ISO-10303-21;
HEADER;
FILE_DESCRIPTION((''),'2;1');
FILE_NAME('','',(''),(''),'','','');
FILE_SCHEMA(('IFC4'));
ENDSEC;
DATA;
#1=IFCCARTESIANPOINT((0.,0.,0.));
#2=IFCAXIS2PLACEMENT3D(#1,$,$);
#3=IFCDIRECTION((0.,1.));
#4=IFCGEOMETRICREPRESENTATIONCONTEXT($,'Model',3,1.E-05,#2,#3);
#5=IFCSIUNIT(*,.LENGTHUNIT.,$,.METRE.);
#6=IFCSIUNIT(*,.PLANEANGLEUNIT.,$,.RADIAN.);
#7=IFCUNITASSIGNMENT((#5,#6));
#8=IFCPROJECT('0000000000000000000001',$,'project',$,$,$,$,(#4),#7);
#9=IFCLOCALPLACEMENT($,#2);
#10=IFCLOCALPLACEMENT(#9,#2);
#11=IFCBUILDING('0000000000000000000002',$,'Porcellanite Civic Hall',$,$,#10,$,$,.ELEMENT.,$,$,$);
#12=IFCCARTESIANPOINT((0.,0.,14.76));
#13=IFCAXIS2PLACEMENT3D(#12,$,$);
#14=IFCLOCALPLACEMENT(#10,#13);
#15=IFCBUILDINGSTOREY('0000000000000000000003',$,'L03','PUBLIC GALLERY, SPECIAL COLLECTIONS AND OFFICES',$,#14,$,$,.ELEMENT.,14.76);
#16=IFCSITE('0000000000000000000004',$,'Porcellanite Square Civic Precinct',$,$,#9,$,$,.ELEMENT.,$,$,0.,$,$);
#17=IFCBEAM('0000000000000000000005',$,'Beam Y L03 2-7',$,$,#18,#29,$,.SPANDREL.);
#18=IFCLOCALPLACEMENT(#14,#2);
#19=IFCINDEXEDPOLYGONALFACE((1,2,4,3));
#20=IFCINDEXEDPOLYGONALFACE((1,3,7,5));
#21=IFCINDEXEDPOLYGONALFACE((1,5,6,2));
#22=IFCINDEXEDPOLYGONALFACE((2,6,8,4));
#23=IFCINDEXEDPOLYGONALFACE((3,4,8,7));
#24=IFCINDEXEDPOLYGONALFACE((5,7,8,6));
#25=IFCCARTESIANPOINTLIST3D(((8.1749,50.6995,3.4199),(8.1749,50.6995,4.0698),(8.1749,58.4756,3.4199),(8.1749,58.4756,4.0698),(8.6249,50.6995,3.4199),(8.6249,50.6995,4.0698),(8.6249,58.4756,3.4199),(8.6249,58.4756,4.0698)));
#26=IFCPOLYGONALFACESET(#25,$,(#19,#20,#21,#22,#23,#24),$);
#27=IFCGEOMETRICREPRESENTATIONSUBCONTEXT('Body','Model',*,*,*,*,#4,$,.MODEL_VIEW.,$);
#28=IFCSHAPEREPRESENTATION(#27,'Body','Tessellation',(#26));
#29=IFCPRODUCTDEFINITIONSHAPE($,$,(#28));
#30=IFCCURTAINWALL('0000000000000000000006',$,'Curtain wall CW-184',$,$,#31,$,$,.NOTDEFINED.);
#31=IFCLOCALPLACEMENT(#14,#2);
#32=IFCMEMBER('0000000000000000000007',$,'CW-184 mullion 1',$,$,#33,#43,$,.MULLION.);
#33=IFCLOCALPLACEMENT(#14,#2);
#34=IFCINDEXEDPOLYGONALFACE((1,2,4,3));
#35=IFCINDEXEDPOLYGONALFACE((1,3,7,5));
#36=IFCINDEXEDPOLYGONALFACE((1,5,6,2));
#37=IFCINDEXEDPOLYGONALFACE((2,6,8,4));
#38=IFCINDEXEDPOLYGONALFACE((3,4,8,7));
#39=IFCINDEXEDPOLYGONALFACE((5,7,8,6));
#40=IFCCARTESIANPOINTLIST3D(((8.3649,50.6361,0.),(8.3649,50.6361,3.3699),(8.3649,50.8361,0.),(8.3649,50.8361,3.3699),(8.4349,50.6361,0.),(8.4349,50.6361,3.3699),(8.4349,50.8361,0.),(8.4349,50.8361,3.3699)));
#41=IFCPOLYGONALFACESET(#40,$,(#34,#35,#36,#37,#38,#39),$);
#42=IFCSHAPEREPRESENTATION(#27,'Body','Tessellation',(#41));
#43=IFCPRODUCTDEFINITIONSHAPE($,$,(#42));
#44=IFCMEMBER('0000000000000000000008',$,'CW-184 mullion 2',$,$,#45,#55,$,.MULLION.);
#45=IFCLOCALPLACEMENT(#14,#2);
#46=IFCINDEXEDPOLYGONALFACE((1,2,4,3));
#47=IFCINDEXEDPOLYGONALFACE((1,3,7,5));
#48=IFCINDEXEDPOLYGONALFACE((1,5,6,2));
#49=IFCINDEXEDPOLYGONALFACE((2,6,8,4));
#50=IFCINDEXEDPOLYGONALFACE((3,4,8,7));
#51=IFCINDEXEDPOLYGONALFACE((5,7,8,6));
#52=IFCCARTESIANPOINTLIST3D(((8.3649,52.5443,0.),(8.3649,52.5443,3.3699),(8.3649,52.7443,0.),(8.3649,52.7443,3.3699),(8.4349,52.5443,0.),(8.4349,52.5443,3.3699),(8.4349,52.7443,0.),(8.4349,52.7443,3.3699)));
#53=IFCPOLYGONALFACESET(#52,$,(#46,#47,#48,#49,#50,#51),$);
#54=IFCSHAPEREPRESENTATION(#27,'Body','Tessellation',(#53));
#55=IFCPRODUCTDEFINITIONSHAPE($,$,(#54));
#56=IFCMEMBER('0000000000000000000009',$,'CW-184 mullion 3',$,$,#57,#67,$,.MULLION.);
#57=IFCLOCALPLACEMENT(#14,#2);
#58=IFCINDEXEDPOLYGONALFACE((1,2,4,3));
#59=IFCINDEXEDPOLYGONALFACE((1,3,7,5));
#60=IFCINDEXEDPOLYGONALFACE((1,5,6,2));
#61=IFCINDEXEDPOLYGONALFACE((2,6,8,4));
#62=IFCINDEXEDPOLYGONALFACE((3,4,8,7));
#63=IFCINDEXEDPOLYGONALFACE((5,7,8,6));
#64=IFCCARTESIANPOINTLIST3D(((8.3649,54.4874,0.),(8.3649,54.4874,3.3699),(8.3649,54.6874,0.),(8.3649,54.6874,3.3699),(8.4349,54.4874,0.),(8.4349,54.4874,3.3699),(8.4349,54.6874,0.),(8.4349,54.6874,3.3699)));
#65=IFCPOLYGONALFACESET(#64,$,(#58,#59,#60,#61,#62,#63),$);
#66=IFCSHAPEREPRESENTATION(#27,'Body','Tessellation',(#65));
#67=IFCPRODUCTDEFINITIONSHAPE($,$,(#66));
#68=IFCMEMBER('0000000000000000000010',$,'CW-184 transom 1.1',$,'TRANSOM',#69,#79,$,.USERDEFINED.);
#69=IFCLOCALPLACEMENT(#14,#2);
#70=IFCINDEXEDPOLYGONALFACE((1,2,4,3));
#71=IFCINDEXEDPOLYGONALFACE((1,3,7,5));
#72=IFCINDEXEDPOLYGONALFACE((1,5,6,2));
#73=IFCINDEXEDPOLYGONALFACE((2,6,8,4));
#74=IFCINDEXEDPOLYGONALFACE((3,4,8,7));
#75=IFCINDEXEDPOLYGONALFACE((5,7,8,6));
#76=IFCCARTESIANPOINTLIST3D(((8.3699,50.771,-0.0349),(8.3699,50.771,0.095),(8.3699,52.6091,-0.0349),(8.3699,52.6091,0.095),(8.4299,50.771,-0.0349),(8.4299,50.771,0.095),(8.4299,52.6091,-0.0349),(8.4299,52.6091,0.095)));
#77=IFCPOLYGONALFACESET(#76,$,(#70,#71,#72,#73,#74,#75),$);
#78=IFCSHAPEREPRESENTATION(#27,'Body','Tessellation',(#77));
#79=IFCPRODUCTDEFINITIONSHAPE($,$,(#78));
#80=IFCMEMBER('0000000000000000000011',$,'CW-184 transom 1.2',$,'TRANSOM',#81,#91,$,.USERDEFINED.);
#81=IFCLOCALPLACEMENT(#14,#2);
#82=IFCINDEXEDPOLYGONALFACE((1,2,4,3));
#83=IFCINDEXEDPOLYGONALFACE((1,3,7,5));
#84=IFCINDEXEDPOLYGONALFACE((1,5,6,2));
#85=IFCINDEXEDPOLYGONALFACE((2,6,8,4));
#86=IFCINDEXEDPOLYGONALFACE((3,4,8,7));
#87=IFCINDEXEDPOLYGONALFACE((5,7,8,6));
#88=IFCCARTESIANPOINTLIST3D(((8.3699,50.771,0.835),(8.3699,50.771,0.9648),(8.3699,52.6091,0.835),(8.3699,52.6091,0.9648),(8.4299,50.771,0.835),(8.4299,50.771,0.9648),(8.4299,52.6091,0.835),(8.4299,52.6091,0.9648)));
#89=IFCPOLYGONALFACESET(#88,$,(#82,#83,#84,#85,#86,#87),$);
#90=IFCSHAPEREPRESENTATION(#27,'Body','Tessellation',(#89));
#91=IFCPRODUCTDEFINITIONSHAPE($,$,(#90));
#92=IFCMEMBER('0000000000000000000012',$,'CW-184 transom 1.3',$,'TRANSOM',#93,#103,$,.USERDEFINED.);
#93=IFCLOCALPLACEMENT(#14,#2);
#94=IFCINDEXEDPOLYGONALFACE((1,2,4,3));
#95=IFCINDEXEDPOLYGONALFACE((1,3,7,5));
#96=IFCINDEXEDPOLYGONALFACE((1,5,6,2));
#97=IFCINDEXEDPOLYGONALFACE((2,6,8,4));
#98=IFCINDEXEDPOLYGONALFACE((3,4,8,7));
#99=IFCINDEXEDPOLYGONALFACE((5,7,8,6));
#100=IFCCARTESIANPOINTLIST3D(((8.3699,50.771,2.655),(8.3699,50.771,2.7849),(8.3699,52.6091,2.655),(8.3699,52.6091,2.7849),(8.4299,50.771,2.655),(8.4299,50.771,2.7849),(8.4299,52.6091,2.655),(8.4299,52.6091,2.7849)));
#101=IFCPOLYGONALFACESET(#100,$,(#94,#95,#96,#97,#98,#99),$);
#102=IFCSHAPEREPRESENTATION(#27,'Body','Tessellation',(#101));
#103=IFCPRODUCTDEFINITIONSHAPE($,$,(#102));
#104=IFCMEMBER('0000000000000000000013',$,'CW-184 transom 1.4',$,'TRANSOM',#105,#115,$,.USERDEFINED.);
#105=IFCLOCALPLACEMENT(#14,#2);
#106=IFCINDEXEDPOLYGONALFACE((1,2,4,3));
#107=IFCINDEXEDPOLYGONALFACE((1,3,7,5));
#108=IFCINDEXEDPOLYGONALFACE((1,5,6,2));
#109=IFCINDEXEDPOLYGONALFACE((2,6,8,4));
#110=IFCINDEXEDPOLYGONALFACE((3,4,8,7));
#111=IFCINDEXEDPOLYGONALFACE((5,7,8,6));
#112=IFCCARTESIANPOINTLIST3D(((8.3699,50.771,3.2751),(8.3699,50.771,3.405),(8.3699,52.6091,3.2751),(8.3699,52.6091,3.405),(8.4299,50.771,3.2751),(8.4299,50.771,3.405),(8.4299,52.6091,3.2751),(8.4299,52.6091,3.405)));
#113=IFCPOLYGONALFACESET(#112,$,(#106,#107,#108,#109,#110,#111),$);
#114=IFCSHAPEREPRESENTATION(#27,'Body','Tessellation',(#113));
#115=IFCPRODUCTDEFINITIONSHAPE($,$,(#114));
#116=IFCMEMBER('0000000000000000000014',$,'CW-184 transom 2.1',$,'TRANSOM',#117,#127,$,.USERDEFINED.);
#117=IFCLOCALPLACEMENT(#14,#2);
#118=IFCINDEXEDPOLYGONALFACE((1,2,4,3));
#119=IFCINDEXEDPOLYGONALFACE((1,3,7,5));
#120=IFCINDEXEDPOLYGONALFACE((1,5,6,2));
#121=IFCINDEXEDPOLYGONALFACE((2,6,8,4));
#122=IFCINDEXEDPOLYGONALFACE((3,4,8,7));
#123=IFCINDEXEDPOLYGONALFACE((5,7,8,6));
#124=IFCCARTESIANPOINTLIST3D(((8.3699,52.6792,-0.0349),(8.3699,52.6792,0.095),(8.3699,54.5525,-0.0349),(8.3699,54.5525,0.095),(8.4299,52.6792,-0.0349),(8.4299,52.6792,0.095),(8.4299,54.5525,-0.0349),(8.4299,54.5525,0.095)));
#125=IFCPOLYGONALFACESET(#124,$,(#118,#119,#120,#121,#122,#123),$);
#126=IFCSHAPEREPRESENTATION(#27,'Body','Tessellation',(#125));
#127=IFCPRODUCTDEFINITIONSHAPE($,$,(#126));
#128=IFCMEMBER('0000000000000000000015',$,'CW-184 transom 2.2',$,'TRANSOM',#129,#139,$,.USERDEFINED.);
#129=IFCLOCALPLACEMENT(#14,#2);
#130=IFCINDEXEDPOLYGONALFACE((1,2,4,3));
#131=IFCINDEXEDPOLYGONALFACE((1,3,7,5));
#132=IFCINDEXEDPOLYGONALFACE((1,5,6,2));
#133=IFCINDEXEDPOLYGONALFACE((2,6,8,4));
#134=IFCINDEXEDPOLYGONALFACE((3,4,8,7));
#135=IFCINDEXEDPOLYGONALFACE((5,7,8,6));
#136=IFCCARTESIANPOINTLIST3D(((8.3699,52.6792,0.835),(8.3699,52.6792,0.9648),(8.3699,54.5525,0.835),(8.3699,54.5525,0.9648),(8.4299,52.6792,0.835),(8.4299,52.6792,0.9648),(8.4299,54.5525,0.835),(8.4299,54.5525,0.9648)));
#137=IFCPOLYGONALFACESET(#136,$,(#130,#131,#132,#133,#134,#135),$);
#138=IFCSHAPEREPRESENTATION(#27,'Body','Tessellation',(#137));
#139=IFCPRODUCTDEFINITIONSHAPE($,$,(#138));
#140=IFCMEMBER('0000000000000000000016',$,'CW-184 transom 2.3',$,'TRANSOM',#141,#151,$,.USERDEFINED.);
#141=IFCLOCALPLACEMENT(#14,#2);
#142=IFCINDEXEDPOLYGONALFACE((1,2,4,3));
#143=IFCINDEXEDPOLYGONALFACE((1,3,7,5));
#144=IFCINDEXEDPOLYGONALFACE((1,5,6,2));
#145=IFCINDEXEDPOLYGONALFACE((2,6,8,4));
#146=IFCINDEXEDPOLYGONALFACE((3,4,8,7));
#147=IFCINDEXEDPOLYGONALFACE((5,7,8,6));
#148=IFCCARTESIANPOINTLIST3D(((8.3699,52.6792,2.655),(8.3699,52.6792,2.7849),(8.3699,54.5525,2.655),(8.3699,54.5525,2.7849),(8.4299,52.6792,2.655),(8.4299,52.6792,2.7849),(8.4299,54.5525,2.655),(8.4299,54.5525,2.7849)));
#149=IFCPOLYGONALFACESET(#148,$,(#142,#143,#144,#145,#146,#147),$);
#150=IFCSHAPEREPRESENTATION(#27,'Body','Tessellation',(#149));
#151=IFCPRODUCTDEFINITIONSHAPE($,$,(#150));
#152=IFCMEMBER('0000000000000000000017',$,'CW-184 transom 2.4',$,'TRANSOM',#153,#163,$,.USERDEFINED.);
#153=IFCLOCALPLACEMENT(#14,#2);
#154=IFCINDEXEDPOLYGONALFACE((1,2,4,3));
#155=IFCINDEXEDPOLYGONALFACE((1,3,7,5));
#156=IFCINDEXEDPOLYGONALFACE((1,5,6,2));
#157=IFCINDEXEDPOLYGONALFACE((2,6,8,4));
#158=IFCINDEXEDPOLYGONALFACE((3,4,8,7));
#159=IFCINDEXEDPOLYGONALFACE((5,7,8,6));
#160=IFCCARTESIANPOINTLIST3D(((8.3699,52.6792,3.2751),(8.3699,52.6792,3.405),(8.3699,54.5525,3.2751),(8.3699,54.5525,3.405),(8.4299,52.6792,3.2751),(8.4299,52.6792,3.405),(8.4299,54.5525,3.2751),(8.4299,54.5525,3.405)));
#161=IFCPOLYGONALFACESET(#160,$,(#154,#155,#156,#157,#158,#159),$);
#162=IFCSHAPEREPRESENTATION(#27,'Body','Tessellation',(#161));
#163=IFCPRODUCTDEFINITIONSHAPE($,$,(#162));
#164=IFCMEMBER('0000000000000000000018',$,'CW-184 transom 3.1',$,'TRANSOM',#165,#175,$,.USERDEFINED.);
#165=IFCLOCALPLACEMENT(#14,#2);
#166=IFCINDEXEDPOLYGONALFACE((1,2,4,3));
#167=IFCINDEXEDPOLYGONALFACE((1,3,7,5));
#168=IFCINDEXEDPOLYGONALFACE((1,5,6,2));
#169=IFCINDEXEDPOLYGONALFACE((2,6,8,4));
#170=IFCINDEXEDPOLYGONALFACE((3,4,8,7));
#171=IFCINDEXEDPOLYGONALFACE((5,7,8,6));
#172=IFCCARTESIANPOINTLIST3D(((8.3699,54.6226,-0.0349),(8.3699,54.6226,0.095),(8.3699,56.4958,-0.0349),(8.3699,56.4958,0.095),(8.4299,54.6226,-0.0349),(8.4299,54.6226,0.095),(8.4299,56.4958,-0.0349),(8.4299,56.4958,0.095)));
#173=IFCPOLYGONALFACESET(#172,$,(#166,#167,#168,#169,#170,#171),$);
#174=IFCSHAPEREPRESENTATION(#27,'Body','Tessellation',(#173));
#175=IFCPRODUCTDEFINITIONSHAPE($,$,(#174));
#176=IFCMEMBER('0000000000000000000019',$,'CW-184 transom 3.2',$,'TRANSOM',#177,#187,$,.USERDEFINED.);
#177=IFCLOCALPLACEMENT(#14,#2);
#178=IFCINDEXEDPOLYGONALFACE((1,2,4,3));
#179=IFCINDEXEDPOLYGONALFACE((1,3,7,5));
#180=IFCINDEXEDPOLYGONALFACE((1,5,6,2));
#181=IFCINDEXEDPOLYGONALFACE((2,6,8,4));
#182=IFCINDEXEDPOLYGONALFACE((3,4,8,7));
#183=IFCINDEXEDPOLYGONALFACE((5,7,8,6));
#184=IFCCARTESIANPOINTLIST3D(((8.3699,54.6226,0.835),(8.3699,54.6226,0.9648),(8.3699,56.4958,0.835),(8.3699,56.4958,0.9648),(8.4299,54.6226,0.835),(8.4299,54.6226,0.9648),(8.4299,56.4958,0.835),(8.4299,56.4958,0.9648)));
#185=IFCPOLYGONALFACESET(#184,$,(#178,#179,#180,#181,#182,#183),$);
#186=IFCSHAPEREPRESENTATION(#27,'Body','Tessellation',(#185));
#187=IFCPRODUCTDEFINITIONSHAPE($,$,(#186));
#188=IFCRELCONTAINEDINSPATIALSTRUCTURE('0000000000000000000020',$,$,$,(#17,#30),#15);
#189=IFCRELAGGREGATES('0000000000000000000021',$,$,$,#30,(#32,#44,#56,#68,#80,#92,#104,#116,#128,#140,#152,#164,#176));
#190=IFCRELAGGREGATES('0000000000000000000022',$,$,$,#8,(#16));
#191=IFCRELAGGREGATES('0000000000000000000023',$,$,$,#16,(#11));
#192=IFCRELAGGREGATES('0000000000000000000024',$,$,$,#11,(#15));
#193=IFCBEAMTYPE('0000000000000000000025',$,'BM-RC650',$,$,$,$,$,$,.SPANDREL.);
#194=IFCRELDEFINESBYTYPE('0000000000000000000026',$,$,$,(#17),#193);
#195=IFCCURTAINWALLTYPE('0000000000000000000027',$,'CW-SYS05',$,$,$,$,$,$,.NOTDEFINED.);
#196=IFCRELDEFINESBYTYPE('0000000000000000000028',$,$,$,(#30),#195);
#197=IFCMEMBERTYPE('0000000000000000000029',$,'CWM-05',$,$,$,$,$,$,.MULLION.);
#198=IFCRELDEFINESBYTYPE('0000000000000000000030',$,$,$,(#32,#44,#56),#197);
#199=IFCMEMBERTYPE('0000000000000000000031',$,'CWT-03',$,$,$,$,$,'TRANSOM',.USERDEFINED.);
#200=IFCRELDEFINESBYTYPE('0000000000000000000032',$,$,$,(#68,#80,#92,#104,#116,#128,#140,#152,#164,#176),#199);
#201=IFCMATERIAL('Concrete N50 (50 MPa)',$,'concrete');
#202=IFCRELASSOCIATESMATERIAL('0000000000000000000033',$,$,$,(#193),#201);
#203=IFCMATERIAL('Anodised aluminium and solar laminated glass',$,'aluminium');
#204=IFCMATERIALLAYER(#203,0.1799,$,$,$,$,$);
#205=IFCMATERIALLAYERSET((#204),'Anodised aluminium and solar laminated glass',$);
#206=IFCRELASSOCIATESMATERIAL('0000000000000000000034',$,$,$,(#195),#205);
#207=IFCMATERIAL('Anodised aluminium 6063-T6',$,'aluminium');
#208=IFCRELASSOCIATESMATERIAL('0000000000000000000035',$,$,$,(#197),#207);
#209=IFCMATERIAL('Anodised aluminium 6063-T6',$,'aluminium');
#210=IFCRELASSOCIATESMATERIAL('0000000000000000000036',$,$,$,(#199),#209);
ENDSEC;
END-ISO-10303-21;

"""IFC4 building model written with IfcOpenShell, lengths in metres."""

from ifc_helpers import new_model, si_unit, direction, frame, origin, origin_2d, place, context, subcontext, project, spatial, rectangle, extrude, material, layer, layer_set, material_profile, profile_set, type_object, element, aggregate, save


model = new_model("IFC4")

# Units and contexts
model_context = context("Model", 3, precision=1e-05, world=origin(), true_north=direction((0.0, 1.0)))
body_context = subcontext(model_context, "Body", "Model", "MODEL_VIEW")
ifc_project = project(units=[si_unit("LENGTHUNIT", "METRE"), si_unit("PLANEANGLEUNIT", "RADIAN")], contexts=[model_context])

# Site, building, storey
site_placement = place(None, origin())
site = spatial("IfcSite", under=ifc_project, at=site_placement, Name="Porcellanite Square Civic Precinct", CompositionType="ELEMENT", RefElevation=0.0)
building_placement = place(site_placement, origin())
building = spatial("IfcBuilding", under=site, at=building_placement, Name="Porcellanite Civic Hall", CompositionType="ELEMENT")
storey_placement = place(building_placement, frame((0.0, 0.0, 14.76)))
storey = spatial("IfcBuildingStorey", under=building, at=storey_placement, Name="L03", Description="PUBLIC GALLERY, SPECIAL COLLECTIONS AND OFFICES", CompositionType="ELEMENT", Elevation=14.76)

# Beam
ifc_material_1 = material(Name="Concrete N50 (50 MPa)", Category="concrete")
ifc_material_profile_1 = material_profile(ifc_material_1, rectangle(XDim=0.45, YDim=0.6499, at=origin_2d()), Name="RC-450x650")
ifc_profile_set_1 = profile_set([ifc_material_profile_1], Name="Concrete N50 (50 MPa)")
beam_type = type_object("IfcBeamType", Name="BM-RC650", PredefinedType="SPANDREL", material=ifc_profile_set_1)
beam_placement = place(storey_placement, frame((8.3999, 50.6995, 3.7449), z_axis=(0.0, 1.0, 0.0), x_axis=(-1.0, 0.0, 0.0)))
element("IfcBeam", 1, at=beam_placement, inside=storey, type_object=beam_type, Name="Beam Y L03 2-7", PredefinedType="SPANDREL", context=body_context, shape_type="SweptSolid", body=[
    extrude(rectangle(XDim=0.45, YDim=0.6499, at=origin_2d()), origin(), (0.0, 0.0, 1.0), 7.7761),
])

# Curtain wall, members
ifc_material_2 = material(Name="Anodised aluminium and solar laminated glass", Category="aluminium")
ifc_layer_1 = layer(ifc_material_2, 0.1799)
ifc_layer_set_1 = layer_set([ifc_layer_1], Name="Anodised aluminium and solar laminated glass")
curtain_wall_type = type_object("IfcCurtainWallType", Name="CW-SYS05", PredefinedType="NOTDEFINED", material=ifc_layer_set_1)
curtain_wall_placement = place(storey_placement, origin())
curtain_wall = element("IfcCurtainWall", 2, at=curtain_wall_placement, inside=storey, type_object=curtain_wall_type, Name="Curtain wall CW-184", PredefinedType="NOTDEFINED")
ifc_material_3 = material(Name="Anodised aluminium 6063-T6", Category="aluminium")
ifc_material_profile_2 = material_profile(ifc_material_3, rectangle(XDim=0.0701, YDim=0.2, at=origin_2d()), Name="AL-70x200")
ifc_profile_set_2 = profile_set([ifc_material_profile_2], Name="Anodised aluminium 6063-T6")
member_type_1 = type_object("IfcMemberType", Name="CWM-05", PredefinedType="MULLION", material=ifc_profile_set_2)
member_1_placement = place(storey_placement, frame((8.3999, 50.7361, 0.0), z_axis=(0.0, 0.0, 1.0), x_axis=(-1.0, 0.0, 0.0)))
member_1 = element("IfcMember", 3, at=member_1_placement, type_object=member_type_1, Name="CW-184 mullion 1", PredefinedType="MULLION", context=body_context, shape_type="SweptSolid", body=[
    extrude(rectangle(XDim=0.0701, YDim=0.2, at=origin_2d()), origin(), (0.0, 0.0, 1.0), 3.3699),
])
member_2_placement = place(storey_placement, frame((8.3999, 52.6443, 0.0), z_axis=(0.0, 0.0, 1.0), x_axis=(-1.0, 0.0, 0.0)))
member_2 = element("IfcMember", 4, at=member_2_placement, type_object=member_type_1, Name="CW-184 mullion 2", PredefinedType="MULLION", context=body_context, shape_type="SweptSolid", body=[
    extrude(rectangle(XDim=0.0701, YDim=0.2, at=origin_2d()), origin(), (0.0, 0.0, 1.0), 3.3699),
])
member_3_placement = place(storey_placement, frame((8.3999, 54.5874, 0.0), z_axis=(0.0, 0.0, 1.0), x_axis=(-1.0, 0.0, 0.0)))
member_3 = element("IfcMember", 5, at=member_3_placement, type_object=member_type_1, Name="CW-184 mullion 3", PredefinedType="MULLION", context=body_context, shape_type="SweptSolid", body=[
    extrude(rectangle(XDim=0.0701, YDim=0.2, at=origin_2d()), origin(), (0.0, 0.0, 1.0), 3.3699),
])
ifc_material_4 = material(Name="Anodised aluminium 6063-T6", Category="aluminium")
ifc_material_profile_3 = material_profile(ifc_material_4, rectangle(XDim=0.0601, YDim=0.1299, at=origin_2d()), Name="AL-60x130")
ifc_profile_set_3 = profile_set([ifc_material_profile_3], Name="Anodised aluminium 6063-T6")
member_type_2 = type_object("IfcMemberType", Name="CWT-03", ElementType="TRANSOM", PredefinedType="USERDEFINED", material=ifc_profile_set_3)
member_4_placement = place(storey_placement, frame((8.3999, 50.771, 0.03), z_axis=(0.0, 1.0, 0.0), x_axis=(-1.0, 0.0, 0.0)))
member_4 = element("IfcMember", 6, at=member_4_placement, type_object=member_type_2, Name="CW-184 transom 1.1", ObjectType="TRANSOM", PredefinedType="USERDEFINED", context=body_context, shape_type="SweptSolid", body=[
    extrude(rectangle(XDim=0.0601, YDim=0.1299, at=origin_2d()), origin(), (0.0, 0.0, 1.0), 1.8381),
])
member_5_placement = place(storey_placement, frame((8.3999, 50.771, 0.8999), z_axis=(0.0, 1.0, 0.0), x_axis=(-1.0, 0.0, 0.0)))
member_5 = element("IfcMember", 7, at=member_5_placement, type_object=member_type_2, Name="CW-184 transom 1.2", ObjectType="TRANSOM", PredefinedType="USERDEFINED", context=body_context, shape_type="SweptSolid", body=[
    extrude(rectangle(XDim=0.0601, YDim=0.1299, at=origin_2d()), origin(), (0.0, 0.0, 1.0), 1.8381),
])
member_6_placement = place(storey_placement, frame((8.3999, 50.771, 2.72), z_axis=(0.0, 1.0, 0.0), x_axis=(-1.0, 0.0, 0.0)))
member_6 = element("IfcMember", 8, at=member_6_placement, type_object=member_type_2, Name="CW-184 transom 1.3", ObjectType="TRANSOM", PredefinedType="USERDEFINED", context=body_context, shape_type="SweptSolid", body=[
    extrude(rectangle(XDim=0.0601, YDim=0.1299, at=origin_2d()), origin(), (0.0, 0.0, 1.0), 1.8381),
])
member_7_placement = place(storey_placement, frame((8.3999, 50.771, 3.3401), z_axis=(0.0, 1.0, 0.0), x_axis=(-1.0, 0.0, 0.0)))
member_7 = element("IfcMember", 9, at=member_7_placement, type_object=member_type_2, Name="CW-184 transom 1.4", ObjectType="TRANSOM", PredefinedType="USERDEFINED", context=body_context, shape_type="SweptSolid", body=[
    extrude(rectangle(XDim=0.0601, YDim=0.1299, at=origin_2d()), origin(), (0.0, 0.0, 1.0), 1.8381),
])
member_8_placement = place(storey_placement, frame((8.3999, 52.6792, 0.03), z_axis=(0.0, 1.0, 0.0), x_axis=(-1.0, 0.0, 0.0)))
member_8 = element("IfcMember", 10, at=member_8_placement, type_object=member_type_2, Name="CW-184 transom 2.1", ObjectType="TRANSOM", PredefinedType="USERDEFINED", context=body_context, shape_type="SweptSolid", body=[
    extrude(rectangle(XDim=0.0601, YDim=0.1299, at=origin_2d()), origin(), (0.0, 0.0, 1.0), 1.8733),
])
member_9_placement = place(storey_placement, frame((8.3999, 52.6792, 0.8999), z_axis=(0.0, 1.0, 0.0), x_axis=(-1.0, 0.0, 0.0)))
member_9 = element("IfcMember", 11, at=member_9_placement, type_object=member_type_2, Name="CW-184 transom 2.2", ObjectType="TRANSOM", PredefinedType="USERDEFINED", context=body_context, shape_type="SweptSolid", body=[
    extrude(rectangle(XDim=0.0601, YDim=0.1299, at=origin_2d()), origin(), (0.0, 0.0, 1.0), 1.8733),
])
member_10_placement = place(storey_placement, frame((8.3999, 52.6792, 2.72), z_axis=(0.0, 1.0, 0.0), x_axis=(-1.0, 0.0, 0.0)))
member_10 = element("IfcMember", 12, at=member_10_placement, type_object=member_type_2, Name="CW-184 transom 2.3", ObjectType="TRANSOM", PredefinedType="USERDEFINED", context=body_context, shape_type="SweptSolid", body=[
    extrude(rectangle(XDim=0.0601, YDim=0.1299, at=origin_2d()), origin(), (0.0, 0.0, 1.0), 1.8733),
])
member_11_placement = place(storey_placement, frame((8.3999, 52.6792, 3.3401), z_axis=(0.0, 1.0, 0.0), x_axis=(-1.0, 0.0, 0.0)))
member_11 = element("IfcMember", 13, at=member_11_placement, type_object=member_type_2, Name="CW-184 transom 2.4", ObjectType="TRANSOM", PredefinedType="USERDEFINED", context=body_context, shape_type="SweptSolid", body=[
    extrude(rectangle(XDim=0.0601, YDim=0.1299, at=origin_2d()), origin(), (0.0, 0.0, 1.0), 1.8733),
])
member_12_placement = place(storey_placement, frame((8.3999, 54.6226, 0.03), z_axis=(0.0, 1.0, 0.0), x_axis=(-1.0, 0.0, 0.0)))
member_12 = element("IfcMember", 14, at=member_12_placement, type_object=member_type_2, Name="CW-184 transom 3.1", ObjectType="TRANSOM", PredefinedType="USERDEFINED", context=body_context, shape_type="SweptSolid", body=[
    extrude(rectangle(XDim=0.0601, YDim=0.1299, at=origin_2d()), origin(), (0.0, 0.0, 1.0), 1.8733),
])
member_13_placement = place(storey_placement, frame((8.3999, 54.6226, 0.8999), z_axis=(0.0, 1.0, 0.0), x_axis=(-1.0, 0.0, 0.0)))
member_13 = element("IfcMember", 15, at=member_13_placement, type_object=member_type_2, Name="CW-184 transom 3.2", ObjectType="TRANSOM", PredefinedType="USERDEFINED", context=body_context, shape_type="SweptSolid", body=[
    extrude(rectangle(XDim=0.0601, YDim=0.1299, at=origin_2d()), origin(), (0.0, 0.0, 1.0), 1.8733),
])

aggregate(curtain_wall, [member_1, member_2, member_3, member_4, member_5, member_6, member_7, member_8, member_9, member_10, member_11, member_12, member_13])

save(model, "model.ifc")
